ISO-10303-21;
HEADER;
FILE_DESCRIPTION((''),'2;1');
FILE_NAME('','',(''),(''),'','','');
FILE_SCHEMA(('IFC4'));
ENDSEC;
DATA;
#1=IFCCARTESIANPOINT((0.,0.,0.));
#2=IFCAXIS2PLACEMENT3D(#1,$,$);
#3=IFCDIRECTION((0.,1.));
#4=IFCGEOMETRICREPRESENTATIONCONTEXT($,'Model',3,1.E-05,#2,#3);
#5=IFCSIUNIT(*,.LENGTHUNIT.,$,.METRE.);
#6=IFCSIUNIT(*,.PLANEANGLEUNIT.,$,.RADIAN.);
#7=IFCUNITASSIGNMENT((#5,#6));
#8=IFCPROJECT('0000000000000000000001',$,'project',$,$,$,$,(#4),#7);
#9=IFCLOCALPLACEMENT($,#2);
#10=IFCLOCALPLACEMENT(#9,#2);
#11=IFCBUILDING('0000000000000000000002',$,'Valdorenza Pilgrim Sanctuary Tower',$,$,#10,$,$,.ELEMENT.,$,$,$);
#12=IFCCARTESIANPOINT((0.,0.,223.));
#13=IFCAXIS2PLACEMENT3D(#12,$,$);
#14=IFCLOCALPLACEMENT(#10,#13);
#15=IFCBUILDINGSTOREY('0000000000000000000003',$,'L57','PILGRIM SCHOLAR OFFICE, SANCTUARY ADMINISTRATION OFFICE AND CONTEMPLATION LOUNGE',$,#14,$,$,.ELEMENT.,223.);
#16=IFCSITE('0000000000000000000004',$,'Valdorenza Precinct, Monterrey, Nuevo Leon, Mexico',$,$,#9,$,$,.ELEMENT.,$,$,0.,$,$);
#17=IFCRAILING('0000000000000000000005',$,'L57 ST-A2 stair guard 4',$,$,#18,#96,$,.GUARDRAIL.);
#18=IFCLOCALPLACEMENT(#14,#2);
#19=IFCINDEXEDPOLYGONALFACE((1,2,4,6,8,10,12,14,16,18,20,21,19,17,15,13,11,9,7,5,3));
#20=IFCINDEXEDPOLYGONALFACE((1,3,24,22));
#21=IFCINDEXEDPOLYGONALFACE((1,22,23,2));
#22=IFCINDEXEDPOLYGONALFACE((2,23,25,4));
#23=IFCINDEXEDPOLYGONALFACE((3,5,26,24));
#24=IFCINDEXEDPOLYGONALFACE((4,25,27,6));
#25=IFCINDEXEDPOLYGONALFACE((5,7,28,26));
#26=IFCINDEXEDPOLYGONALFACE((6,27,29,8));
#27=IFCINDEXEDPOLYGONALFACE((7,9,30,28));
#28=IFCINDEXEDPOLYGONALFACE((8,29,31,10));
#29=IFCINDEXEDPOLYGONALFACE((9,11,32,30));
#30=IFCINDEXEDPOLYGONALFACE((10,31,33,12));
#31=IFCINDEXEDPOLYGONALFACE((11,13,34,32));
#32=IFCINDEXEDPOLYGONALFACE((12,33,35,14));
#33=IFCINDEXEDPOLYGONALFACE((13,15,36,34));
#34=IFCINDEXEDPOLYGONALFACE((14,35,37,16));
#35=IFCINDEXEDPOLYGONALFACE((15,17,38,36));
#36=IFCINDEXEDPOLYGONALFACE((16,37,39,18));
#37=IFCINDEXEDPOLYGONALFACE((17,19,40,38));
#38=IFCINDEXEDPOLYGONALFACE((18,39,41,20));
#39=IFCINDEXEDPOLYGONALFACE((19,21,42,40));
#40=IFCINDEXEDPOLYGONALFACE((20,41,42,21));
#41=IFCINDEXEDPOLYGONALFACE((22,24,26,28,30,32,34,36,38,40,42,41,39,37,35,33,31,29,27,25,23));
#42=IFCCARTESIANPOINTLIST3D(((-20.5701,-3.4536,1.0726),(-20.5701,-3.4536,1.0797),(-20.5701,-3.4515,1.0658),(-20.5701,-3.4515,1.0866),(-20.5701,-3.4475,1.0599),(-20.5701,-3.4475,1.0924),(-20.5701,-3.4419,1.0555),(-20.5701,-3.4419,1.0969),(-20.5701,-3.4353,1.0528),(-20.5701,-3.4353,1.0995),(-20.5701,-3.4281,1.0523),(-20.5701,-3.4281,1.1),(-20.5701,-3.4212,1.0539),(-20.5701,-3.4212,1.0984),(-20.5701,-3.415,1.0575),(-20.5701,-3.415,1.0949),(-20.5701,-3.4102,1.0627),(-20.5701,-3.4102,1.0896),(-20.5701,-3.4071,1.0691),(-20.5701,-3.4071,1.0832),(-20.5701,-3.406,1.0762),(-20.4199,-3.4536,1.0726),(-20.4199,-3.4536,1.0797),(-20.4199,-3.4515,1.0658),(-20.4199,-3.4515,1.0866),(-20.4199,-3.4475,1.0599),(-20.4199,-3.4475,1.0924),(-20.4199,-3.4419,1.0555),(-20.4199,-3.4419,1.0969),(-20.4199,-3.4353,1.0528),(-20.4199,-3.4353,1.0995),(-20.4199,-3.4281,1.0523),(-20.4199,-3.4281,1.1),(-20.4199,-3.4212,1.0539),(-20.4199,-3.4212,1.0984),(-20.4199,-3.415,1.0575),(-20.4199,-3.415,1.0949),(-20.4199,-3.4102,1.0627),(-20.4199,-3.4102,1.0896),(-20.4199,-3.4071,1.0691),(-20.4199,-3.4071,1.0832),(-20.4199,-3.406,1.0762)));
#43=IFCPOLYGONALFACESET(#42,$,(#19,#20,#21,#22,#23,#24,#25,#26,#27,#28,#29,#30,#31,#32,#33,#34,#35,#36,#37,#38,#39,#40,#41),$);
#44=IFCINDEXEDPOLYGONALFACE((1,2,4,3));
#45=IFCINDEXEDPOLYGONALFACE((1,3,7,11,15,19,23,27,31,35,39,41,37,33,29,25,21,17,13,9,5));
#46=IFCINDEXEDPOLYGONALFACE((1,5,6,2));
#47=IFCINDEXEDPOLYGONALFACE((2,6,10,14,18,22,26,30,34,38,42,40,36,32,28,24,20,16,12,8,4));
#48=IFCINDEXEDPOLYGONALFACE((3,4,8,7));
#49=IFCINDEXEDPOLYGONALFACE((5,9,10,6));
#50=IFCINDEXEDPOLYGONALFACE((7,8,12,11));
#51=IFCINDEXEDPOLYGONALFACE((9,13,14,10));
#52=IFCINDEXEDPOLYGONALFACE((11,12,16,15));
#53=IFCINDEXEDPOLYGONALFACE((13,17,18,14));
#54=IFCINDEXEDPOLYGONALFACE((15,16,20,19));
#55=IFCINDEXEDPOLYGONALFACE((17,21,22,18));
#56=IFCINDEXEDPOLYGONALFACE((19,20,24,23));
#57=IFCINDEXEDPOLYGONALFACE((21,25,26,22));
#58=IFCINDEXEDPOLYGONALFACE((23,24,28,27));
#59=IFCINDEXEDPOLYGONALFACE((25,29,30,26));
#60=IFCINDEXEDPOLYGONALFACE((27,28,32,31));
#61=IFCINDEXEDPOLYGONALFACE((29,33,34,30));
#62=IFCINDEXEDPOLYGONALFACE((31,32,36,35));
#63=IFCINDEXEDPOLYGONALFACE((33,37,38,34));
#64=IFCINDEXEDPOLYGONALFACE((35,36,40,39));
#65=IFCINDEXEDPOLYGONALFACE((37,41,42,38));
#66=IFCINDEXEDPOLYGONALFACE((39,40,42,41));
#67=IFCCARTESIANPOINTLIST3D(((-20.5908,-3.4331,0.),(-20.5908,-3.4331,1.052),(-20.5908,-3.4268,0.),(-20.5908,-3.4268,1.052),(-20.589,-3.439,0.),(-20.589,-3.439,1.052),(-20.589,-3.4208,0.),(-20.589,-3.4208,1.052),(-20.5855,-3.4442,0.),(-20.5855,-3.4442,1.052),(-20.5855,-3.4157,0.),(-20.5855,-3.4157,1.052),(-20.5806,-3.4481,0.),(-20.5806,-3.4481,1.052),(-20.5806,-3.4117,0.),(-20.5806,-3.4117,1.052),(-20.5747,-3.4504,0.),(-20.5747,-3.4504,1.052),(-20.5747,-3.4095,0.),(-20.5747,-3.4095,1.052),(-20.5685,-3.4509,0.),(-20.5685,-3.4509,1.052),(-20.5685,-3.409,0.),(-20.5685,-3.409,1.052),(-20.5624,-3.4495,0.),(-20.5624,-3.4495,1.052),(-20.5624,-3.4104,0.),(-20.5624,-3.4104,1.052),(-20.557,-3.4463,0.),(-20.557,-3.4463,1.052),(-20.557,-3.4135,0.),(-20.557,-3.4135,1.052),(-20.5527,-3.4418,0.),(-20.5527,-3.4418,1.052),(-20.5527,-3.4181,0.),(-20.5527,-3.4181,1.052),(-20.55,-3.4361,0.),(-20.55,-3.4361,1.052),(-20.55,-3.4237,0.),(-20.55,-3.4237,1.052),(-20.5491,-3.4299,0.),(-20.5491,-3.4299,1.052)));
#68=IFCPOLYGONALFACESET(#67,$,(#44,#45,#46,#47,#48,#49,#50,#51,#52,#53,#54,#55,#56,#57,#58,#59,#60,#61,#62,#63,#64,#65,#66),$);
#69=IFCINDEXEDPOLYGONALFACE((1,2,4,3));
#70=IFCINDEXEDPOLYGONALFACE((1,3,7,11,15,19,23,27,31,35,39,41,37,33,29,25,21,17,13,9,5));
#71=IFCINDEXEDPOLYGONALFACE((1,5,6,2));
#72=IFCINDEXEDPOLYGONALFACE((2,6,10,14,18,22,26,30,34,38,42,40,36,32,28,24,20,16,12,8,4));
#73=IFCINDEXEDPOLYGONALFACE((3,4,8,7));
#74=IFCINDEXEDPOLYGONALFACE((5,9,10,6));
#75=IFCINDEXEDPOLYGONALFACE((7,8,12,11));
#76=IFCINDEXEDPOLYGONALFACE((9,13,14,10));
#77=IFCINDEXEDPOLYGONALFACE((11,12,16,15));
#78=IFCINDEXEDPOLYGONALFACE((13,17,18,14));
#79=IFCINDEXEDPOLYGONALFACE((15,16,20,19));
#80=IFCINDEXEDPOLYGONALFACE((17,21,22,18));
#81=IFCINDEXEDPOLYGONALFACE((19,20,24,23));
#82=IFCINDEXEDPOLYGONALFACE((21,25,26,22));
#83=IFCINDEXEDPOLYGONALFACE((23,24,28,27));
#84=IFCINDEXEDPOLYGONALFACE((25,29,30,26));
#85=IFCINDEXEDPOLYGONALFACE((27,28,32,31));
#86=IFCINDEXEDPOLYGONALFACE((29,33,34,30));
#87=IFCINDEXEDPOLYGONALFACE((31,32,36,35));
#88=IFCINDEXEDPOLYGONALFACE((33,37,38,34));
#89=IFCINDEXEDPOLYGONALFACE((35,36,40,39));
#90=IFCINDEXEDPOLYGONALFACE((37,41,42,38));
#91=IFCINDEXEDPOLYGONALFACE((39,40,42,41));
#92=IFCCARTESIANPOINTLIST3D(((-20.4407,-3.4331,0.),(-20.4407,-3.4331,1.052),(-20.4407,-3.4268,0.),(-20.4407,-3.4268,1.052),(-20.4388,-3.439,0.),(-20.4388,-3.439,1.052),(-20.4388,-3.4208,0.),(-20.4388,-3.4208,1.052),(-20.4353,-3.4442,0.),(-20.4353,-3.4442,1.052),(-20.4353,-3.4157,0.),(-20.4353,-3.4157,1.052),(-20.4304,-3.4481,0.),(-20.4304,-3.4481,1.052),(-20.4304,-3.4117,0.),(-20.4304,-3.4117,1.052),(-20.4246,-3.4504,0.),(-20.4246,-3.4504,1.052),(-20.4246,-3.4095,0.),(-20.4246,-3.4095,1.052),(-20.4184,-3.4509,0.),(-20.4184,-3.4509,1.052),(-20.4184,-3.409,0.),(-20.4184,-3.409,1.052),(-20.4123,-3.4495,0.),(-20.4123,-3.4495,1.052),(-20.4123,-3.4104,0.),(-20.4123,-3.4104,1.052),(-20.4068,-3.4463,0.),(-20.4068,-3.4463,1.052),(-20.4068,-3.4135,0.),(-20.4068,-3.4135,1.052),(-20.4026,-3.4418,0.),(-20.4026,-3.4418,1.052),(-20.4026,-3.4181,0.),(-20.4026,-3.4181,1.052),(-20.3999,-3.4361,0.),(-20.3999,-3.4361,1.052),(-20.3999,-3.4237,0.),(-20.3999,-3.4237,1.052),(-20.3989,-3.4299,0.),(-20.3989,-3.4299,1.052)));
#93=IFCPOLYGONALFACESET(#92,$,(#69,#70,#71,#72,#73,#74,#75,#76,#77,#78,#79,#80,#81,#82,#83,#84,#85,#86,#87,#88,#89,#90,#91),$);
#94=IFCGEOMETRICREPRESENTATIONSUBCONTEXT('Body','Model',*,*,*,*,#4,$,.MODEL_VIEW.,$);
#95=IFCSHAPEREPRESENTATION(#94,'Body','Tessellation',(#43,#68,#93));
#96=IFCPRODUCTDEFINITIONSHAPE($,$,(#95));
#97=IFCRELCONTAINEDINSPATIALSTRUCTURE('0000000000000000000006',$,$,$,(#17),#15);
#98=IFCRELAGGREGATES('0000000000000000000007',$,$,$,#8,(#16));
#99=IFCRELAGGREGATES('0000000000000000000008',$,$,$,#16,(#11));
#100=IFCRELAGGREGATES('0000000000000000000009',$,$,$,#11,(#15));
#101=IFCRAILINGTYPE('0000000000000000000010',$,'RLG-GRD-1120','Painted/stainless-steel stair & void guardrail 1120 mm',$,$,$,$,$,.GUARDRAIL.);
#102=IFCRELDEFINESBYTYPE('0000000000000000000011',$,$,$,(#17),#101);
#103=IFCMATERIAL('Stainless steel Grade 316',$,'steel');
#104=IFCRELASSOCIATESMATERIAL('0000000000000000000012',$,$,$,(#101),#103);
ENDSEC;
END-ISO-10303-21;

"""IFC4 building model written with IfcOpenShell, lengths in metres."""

from ifc_helpers import new_model, si_unit, direction, frame, origin, origin_2d, place, context, subcontext, project, spatial, circle, extrude, material, type_object, element, save


model = new_model("IFC4")

# Units and contexts
model_context = context("Model", 3, precision=1e-05, world=origin(), true_north=direction((0.0, 1.0)))
body_context = subcontext(model_context, "Body", "Model", "MODEL_VIEW")
ifc_project = project(units=[si_unit("LENGTHUNIT", "METRE"), si_unit("PLANEANGLEUNIT", "RADIAN")], contexts=[model_context])

# Site, building, storey
site_placement = place(None, origin())
site = spatial("IfcSite", under=ifc_project, at=site_placement, Name="Valdorenza Precinct, Monterrey, Nuevo Leon, Mexico", CompositionType="ELEMENT", RefElevation=0.0)
building_placement = place(site_placement, origin())
building = spatial("IfcBuilding", under=site, at=building_placement, Name="Valdorenza Pilgrim Sanctuary Tower", CompositionType="ELEMENT")
storey_placement = place(building_placement, frame((0.0, 0.0, 223.0)))
storey = spatial("IfcBuildingStorey", under=building, at=storey_placement, Name="L57", Description="PILGRIM SCHOLAR OFFICE, SANCTUARY ADMINISTRATION OFFICE AND CONTEMPLATION LOUNGE", CompositionType="ELEMENT", Elevation=223.0)

# Railing
ifc_material_1 = material(Name="Stainless steel Grade 316", Category="steel")
railing_type_1 = type_object("IfcRailingType", Name="RLG-GRD-1120", Description="Painted/stainless-steel stair & void guardrail 1120 mm", PredefinedType="GUARDRAIL", material=ifc_material_1)
railing_1_placement = place(storey_placement, frame((-20.5701, -3.4299, 0.0)))
element("IfcRailing", 1, at=railing_1_placement, inside=storey, type_object=railing_type_1, Name="L57 ST-A2 stair guard 4", PredefinedType="GUARDRAIL", context=body_context, shape_type="SweptSolid", body=[
    extrude(circle(Radius=0.0239, at=origin_2d()), frame((0.0, 0.0, 1.0762), z_axis=(1.0, 0.0, 0.0), x_axis=(0.0, 1.0, 0.0)), (0.0, 0.0, 1.0), 0.1501),
    extrude(circle(Radius=0.021, at=origin_2d()), origin(), (0.0, 0.0, 1.0), 1.052),
    extrude(circle(Radius=0.021, at=origin_2d()), frame((0.1501, 0.0, 0.0)), (0.0, 0.0, 1.0), 1.052),
])

save(model, "model.ifc")
